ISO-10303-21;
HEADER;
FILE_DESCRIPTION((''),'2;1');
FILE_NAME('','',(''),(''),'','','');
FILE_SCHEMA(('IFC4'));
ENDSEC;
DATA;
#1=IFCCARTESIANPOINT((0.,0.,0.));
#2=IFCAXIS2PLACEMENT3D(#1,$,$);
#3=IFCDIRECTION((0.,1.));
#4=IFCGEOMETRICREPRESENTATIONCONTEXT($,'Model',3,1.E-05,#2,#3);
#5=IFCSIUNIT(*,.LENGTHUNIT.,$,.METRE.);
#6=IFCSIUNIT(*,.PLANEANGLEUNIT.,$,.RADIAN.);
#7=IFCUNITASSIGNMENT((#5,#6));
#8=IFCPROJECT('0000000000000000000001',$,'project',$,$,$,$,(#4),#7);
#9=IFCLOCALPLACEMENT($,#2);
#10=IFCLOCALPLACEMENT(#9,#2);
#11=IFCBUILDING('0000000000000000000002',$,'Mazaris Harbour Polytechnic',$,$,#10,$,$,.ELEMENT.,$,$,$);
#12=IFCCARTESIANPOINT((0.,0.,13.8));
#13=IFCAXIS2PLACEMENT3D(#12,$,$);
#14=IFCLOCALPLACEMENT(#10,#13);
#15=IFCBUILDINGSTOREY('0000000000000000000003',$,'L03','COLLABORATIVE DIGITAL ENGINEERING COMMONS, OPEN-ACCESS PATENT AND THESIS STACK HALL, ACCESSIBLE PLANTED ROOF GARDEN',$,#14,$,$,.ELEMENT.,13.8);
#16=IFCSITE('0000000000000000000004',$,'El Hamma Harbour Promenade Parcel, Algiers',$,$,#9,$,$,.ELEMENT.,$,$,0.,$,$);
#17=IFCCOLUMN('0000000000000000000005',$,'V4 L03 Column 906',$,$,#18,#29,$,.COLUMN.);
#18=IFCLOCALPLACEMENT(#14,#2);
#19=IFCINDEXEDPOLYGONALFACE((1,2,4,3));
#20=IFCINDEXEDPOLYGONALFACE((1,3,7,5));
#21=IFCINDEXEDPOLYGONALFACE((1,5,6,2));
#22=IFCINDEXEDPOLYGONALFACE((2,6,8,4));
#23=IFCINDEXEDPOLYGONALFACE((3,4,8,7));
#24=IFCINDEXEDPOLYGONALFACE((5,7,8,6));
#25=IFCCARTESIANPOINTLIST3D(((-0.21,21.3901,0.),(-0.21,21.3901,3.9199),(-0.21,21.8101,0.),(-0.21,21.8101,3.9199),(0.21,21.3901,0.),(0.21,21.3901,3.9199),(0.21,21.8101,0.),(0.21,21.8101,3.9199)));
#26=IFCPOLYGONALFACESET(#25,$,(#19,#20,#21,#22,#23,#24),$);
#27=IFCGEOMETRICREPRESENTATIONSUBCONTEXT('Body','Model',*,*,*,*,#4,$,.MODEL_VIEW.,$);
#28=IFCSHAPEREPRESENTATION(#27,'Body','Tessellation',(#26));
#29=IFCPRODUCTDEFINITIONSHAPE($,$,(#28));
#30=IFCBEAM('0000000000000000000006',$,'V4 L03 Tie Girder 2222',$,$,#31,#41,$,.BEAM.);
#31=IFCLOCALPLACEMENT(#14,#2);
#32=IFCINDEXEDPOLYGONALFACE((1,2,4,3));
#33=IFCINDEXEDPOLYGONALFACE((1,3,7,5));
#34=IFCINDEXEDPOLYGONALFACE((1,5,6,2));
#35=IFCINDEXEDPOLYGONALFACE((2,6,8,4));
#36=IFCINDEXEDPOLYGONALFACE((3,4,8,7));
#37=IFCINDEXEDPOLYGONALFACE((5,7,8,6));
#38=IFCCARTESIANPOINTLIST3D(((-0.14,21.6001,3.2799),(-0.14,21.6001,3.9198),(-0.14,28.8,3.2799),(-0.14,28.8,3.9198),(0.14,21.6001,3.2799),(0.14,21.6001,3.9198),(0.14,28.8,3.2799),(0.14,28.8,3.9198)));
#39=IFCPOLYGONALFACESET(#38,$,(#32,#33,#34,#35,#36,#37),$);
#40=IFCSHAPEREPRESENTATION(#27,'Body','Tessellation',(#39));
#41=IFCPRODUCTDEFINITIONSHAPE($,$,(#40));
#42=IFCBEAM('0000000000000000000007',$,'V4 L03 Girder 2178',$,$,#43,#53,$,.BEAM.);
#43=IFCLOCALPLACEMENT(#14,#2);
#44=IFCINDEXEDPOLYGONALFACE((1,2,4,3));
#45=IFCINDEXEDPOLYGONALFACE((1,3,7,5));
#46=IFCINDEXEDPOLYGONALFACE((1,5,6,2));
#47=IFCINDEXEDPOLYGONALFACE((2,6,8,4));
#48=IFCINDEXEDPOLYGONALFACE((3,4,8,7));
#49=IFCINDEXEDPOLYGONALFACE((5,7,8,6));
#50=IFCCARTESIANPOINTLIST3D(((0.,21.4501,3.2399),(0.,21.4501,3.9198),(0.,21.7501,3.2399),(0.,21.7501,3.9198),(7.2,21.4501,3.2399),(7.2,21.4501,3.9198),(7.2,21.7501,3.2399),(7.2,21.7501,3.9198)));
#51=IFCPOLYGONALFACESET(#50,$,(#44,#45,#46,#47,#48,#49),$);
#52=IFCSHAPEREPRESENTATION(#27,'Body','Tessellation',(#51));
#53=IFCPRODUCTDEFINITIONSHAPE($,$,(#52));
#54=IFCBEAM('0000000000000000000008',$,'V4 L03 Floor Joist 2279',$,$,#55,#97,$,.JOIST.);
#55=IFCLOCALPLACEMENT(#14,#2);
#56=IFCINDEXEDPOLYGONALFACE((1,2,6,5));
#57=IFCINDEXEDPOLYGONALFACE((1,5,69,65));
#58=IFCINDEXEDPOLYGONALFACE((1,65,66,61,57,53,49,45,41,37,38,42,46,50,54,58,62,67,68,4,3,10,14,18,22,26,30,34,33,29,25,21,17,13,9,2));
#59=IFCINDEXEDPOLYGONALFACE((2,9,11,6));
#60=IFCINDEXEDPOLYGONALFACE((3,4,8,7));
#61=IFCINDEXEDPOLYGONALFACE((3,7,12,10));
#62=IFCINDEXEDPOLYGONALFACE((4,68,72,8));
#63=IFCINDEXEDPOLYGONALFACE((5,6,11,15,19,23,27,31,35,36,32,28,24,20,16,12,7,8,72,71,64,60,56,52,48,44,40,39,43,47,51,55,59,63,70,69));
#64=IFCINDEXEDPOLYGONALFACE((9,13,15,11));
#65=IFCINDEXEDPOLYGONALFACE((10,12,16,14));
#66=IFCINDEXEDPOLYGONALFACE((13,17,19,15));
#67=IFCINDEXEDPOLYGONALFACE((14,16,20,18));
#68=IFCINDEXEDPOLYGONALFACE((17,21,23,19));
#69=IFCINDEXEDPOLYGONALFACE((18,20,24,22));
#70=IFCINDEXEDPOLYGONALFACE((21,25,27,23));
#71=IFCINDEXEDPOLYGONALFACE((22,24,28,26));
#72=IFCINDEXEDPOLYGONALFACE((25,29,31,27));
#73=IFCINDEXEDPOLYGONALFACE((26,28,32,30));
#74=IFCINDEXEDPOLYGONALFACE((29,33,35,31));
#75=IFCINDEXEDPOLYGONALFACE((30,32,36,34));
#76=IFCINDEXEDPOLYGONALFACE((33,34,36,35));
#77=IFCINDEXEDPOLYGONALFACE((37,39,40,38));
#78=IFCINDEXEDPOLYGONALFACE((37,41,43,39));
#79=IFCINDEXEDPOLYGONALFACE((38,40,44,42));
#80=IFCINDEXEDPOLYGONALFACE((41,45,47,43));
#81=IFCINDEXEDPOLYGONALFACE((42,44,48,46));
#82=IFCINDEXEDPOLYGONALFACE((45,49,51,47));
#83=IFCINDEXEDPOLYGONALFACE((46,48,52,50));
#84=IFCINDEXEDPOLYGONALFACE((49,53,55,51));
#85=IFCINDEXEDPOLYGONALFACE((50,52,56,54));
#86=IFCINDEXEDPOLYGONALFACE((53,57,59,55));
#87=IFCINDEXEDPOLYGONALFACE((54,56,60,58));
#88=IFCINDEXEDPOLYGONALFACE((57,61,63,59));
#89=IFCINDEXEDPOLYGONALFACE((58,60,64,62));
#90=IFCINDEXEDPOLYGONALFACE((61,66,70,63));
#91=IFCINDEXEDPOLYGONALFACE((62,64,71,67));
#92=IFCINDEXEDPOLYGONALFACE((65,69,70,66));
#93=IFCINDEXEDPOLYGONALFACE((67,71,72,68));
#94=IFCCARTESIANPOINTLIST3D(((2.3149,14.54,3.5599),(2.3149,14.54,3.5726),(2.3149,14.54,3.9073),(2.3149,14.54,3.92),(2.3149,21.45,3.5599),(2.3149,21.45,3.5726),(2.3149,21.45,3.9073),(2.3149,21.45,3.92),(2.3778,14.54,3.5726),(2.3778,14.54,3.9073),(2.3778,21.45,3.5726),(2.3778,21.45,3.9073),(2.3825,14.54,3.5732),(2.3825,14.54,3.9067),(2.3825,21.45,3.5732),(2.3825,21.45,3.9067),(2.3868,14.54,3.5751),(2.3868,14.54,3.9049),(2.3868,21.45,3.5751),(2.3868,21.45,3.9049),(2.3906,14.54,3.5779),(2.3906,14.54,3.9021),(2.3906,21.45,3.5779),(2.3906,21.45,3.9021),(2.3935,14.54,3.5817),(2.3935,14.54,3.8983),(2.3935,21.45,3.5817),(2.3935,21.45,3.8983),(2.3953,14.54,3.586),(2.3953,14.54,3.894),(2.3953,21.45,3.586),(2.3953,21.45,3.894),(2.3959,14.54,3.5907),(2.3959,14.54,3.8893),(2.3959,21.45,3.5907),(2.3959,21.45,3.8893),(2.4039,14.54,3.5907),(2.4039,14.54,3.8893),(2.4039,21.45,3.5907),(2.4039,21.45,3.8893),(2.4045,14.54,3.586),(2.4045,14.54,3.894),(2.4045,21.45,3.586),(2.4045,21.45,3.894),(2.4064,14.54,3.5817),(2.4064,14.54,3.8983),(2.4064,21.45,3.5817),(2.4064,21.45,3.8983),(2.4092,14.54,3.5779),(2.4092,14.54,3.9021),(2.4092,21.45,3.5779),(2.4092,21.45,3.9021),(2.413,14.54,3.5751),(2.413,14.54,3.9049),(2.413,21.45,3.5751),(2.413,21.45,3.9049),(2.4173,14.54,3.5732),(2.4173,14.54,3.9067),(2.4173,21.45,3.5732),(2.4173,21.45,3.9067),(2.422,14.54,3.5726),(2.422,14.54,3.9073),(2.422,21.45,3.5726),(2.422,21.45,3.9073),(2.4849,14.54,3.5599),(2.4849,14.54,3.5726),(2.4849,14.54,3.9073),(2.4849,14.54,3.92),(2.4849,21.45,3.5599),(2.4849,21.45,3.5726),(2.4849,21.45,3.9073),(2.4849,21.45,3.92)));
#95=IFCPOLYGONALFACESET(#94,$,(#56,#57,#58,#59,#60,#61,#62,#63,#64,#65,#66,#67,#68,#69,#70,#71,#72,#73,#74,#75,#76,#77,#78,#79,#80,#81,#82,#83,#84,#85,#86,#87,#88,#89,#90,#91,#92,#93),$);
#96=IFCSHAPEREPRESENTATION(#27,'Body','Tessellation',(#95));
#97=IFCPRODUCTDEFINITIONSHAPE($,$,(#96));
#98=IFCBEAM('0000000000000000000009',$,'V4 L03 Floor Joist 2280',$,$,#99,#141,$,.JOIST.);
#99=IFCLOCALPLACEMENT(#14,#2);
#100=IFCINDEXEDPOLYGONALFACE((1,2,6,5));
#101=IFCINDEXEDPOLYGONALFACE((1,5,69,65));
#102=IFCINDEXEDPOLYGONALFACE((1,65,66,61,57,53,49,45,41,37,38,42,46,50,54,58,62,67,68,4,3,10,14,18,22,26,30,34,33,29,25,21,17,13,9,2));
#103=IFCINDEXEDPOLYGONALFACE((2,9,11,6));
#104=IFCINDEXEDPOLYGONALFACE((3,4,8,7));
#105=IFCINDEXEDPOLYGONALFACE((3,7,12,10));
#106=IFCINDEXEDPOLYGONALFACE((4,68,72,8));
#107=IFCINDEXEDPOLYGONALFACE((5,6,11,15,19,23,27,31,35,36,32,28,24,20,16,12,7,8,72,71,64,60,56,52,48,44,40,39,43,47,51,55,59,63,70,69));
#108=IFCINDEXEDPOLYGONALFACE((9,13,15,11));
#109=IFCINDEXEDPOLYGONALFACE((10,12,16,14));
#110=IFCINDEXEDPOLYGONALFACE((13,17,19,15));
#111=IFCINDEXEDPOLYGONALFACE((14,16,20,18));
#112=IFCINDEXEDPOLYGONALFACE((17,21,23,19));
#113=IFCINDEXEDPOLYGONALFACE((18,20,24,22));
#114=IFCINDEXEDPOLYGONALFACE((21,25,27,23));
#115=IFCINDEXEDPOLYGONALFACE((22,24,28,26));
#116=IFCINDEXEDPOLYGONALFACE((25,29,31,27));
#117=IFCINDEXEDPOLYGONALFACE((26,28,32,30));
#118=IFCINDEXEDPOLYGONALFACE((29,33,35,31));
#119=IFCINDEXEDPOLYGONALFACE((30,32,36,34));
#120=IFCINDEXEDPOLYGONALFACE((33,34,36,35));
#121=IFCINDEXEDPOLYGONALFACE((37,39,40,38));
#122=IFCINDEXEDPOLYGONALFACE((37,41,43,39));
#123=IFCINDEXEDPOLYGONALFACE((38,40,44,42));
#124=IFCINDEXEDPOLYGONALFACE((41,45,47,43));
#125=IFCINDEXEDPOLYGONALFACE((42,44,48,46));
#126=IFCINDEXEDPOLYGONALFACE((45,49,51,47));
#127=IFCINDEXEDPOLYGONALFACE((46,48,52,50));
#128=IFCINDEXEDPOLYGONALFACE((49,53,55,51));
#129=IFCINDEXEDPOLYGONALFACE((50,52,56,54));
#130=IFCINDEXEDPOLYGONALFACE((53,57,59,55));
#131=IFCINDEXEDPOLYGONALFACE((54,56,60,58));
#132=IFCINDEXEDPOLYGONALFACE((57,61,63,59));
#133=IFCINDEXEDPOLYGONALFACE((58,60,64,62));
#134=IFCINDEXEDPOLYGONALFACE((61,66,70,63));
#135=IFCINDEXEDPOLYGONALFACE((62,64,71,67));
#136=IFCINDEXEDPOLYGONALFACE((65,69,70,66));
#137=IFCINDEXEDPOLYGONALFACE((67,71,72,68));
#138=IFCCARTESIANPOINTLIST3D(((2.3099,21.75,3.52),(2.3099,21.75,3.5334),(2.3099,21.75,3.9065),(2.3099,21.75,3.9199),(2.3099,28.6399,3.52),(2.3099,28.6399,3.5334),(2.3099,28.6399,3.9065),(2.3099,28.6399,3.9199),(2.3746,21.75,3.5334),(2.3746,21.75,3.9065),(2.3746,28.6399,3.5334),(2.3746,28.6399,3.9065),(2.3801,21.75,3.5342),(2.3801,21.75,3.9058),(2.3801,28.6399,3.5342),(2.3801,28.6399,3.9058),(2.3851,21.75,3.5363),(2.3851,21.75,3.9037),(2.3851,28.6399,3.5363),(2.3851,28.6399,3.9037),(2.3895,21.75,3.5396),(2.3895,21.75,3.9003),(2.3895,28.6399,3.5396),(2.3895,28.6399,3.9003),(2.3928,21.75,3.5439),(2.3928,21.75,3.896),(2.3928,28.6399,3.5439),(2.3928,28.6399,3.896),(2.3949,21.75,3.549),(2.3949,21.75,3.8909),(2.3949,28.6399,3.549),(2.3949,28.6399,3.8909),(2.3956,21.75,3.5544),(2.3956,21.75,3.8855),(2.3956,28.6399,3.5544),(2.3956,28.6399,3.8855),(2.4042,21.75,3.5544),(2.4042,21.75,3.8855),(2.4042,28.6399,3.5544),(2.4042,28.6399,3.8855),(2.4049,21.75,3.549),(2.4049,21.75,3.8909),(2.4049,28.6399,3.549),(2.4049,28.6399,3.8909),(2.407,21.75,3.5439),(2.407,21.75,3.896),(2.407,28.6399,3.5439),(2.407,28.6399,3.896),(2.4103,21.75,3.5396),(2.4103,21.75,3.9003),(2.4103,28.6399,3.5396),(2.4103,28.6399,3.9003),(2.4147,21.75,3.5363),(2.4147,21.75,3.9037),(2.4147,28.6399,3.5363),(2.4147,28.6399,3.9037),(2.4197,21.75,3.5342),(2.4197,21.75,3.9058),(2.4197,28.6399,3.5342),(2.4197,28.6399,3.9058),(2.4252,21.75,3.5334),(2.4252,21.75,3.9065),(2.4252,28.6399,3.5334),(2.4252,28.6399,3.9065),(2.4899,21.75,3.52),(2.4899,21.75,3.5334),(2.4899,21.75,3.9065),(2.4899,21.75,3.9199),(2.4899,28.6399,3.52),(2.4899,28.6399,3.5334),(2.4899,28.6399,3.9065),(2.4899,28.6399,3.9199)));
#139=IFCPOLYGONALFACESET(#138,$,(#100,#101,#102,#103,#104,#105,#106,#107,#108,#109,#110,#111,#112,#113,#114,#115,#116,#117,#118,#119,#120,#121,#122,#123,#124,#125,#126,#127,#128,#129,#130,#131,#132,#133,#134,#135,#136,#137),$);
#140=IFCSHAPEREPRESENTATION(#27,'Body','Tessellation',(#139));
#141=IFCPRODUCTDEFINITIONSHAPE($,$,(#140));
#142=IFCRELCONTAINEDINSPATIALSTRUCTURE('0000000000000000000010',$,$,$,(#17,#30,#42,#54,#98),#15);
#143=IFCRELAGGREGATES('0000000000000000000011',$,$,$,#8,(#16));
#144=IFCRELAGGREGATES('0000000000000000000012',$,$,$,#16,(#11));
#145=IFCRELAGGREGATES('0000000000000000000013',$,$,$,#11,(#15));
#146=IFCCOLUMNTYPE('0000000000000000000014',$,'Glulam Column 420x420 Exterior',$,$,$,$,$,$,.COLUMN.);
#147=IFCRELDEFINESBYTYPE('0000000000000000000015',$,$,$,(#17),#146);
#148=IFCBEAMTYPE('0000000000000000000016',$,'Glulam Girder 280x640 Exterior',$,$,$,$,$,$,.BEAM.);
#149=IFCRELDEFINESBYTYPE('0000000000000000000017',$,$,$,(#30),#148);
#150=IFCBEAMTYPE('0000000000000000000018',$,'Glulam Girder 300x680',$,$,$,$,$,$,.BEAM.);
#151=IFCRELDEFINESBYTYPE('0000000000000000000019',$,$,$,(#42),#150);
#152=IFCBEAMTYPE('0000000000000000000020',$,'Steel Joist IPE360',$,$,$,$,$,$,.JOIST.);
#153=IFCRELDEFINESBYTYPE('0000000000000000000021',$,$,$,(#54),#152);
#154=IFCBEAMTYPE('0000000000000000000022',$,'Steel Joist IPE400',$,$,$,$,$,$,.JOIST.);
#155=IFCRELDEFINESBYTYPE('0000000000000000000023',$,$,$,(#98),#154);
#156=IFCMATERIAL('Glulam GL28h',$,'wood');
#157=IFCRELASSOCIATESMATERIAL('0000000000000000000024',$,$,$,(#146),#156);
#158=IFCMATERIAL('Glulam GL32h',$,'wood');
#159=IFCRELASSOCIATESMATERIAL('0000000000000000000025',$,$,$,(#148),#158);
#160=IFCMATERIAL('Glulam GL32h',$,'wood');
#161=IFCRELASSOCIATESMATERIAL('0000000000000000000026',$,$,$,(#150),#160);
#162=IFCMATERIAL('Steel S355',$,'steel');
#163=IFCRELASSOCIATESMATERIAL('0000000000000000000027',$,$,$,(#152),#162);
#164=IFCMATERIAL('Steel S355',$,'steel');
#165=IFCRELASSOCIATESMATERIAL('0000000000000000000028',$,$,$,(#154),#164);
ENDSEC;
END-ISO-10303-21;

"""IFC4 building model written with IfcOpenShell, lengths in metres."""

from ifc_helpers import new_model, si_unit, direction, frame, origin, origin_2d, place, context, subcontext, project, spatial, rectangle, i_section, extrude, material, material_profile, profile_set, type_object, element, save


model = new_model("IFC4")

# Units and contexts
model_context = context("Model", 3, precision=1e-05, world=origin(), true_north=direction((0.0, 1.0)))
body_context = subcontext(model_context, "Body", "Model", "MODEL_VIEW")
ifc_project = project(units=[si_unit("LENGTHUNIT", "METRE"), si_unit("PLANEANGLEUNIT", "RADIAN")], contexts=[model_context])

# Site, building, storey
site_placement = place(None, origin())
site = spatial("IfcSite", under=ifc_project, at=site_placement, Name="El Hamma Harbour Promenade Parcel, Algiers", CompositionType="ELEMENT", RefElevation=0.0)
building_placement = place(site_placement, origin())
building = spatial("IfcBuilding", under=site, at=building_placement, Name="Mazaris Harbour Polytechnic", CompositionType="ELEMENT")
storey_placement = place(building_placement, frame((0.0, 0.0, 13.8)))
storey = spatial("IfcBuildingStorey", under=building, at=storey_placement, Name="L03", Description="COLLABORATIVE DIGITAL ENGINEERING COMMONS, OPEN-ACCESS PATENT AND THESIS STACK HALL, ACCESSIBLE PLANTED ROOF GARDEN", CompositionType="ELEMENT", Elevation=13.8)

# Column
ifc_material_1 = material(Name="Glulam GL28h", Category="wood")
ifc_material_profile_1 = material_profile(ifc_material_1, rectangle(XDim=0.4199, YDim=0.4199, at=origin_2d()), Name="RECT420x420")
ifc_profile_set_1 = profile_set([ifc_material_profile_1], Name="Glulam GL28h")
column_type = type_object("IfcColumnType", Name="Glulam Column 420x420 Exterior", PredefinedType="COLUMN", material=ifc_profile_set_1)
column_placement = place(storey_placement, frame((0.0, 21.6001, 0.0), z_axis=(0.0, 0.0, 1.0), x_axis=(1.0, 0.0, 0.0)))
element("IfcColumn", 1, at=column_placement, inside=storey, type_object=column_type, Name="V4 L03 Column 906", PredefinedType="COLUMN", context=body_context, shape_type="SweptSolid", body=[
    extrude(rectangle(XDim=0.4199, YDim=0.4199, at=origin_2d()), origin(), (0.0, 0.0, 1.0), 3.9199),
])

# Beams
ifc_material_2 = material(Name="Glulam GL32h", Category="wood")
ifc_material_profile_2 = material_profile(ifc_material_2, rectangle(XDim=0.28, YDim=0.6399, at=origin_2d()), Name="RECT280x640")
ifc_profile_set_2 = profile_set([ifc_material_profile_2], Name="Glulam GL32h")
beam_type_1 = type_object("IfcBeamType", Name="Glulam Girder 280x640 Exterior", PredefinedType="BEAM", material=ifc_profile_set_2)
beam_1_placement = place(storey_placement, frame((0.0, 21.6001, 3.5999), z_axis=(0.0, 1.0, 0.0), x_axis=(-1.0, 0.0, 0.0)))
element("IfcBeam", 2, at=beam_1_placement, inside=storey, type_object=beam_type_1, Name="V4 L03 Tie Girder 2222", PredefinedType="BEAM", context=body_context, shape_type="SweptSolid", body=[
    extrude(rectangle(XDim=0.28, YDim=0.6399, at=origin_2d()), origin(), (0.0, 0.0, 1.0), 7.2),
])
ifc_material_3 = material(Name="Glulam GL32h", Category="wood")
ifc_material_profile_3 = material_profile(ifc_material_3, rectangle(XDim=0.3, YDim=0.6799, at=origin_2d()), Name="RECT300x680")
ifc_profile_set_3 = profile_set([ifc_material_profile_3], Name="Glulam GL32h")
beam_type_2 = type_object("IfcBeamType", Name="Glulam Girder 300x680", PredefinedType="BEAM", material=ifc_profile_set_3)
beam_2_placement = place(storey_placement, frame((0.0, 21.6001, 3.5798), z_axis=(1.0, 0.0, 0.0), x_axis=(0.0, 1.0, 0.0)))
element("IfcBeam", 3, at=beam_2_placement, inside=storey, type_object=beam_type_2, Name="V4 L03 Girder 2178", PredefinedType="BEAM", context=body_context, shape_type="SweptSolid", body=[
    extrude(rectangle(XDim=0.3, YDim=0.6799, at=origin_2d()), origin(), (0.0, 0.0, 1.0), 7.2),
])
ifc_material_4 = material(Name="Steel S355", Category="steel")
ifc_material_profile_4 = material_profile(ifc_material_4, i_section(OverallWidth=0.1699, OverallDepth=0.3601, WebThickness=0.0081, FlangeThickness=0.0127, FilletRadius=0.0181, at=origin_2d()), Name="IPE 360")
ifc_profile_set_4 = profile_set([ifc_material_profile_4], Name="Steel S355")
beam_type_3 = type_object("IfcBeamType", Name="Steel Joist IPE360", PredefinedType="JOIST", material=ifc_profile_set_4)
beam_3_placement = place(storey_placement, frame((2.3999, 14.54, 3.74), z_axis=(0.0, 1.0, 0.0), x_axis=(-1.0, 0.0, 0.0)))
element("IfcBeam", 4, at=beam_3_placement, inside=storey, type_object=beam_type_3, Name="V4 L03 Floor Joist 2279", PredefinedType="JOIST", context=body_context, shape_type="SweptSolid", body=[
    extrude(i_section(OverallWidth=0.1699, OverallDepth=0.3601, WebThickness=0.0081, FlangeThickness=0.0127, FilletRadius=0.0181, at=origin_2d()), origin(), (0.0, 0.0, 1.0), 6.9099),
])
ifc_material_5 = material(Name="Steel S355", Category="steel")
ifc_material_profile_5 = material_profile(ifc_material_5, i_section(OverallWidth=0.1799, OverallDepth=0.3999, WebThickness=0.0085, FlangeThickness=0.0134, FilletRadius=0.021, at=origin_2d()), Name="IPE 400")
ifc_profile_set_5 = profile_set([ifc_material_profile_5], Name="Steel S355")
beam_type_4 = type_object("IfcBeamType", Name="Steel Joist IPE400", PredefinedType="JOIST", material=ifc_profile_set_5)
beam_4_placement = place(storey_placement, frame((2.3999, 21.75, 3.72), z_axis=(0.0, 1.0, 0.0), x_axis=(-1.0, 0.0, 0.0)))
element("IfcBeam", 5, at=beam_4_placement, inside=storey, type_object=beam_type_4, Name="V4 L03 Floor Joist 2280", PredefinedType="JOIST", context=body_context, shape_type="SweptSolid", body=[
    extrude(i_section(OverallWidth=0.1799, OverallDepth=0.3999, WebThickness=0.0085, FlangeThickness=0.0134, FilletRadius=0.021, at=origin_2d()), origin(), (0.0, 0.0, 1.0), 6.8899),
])

save(model, "model.ifc")
